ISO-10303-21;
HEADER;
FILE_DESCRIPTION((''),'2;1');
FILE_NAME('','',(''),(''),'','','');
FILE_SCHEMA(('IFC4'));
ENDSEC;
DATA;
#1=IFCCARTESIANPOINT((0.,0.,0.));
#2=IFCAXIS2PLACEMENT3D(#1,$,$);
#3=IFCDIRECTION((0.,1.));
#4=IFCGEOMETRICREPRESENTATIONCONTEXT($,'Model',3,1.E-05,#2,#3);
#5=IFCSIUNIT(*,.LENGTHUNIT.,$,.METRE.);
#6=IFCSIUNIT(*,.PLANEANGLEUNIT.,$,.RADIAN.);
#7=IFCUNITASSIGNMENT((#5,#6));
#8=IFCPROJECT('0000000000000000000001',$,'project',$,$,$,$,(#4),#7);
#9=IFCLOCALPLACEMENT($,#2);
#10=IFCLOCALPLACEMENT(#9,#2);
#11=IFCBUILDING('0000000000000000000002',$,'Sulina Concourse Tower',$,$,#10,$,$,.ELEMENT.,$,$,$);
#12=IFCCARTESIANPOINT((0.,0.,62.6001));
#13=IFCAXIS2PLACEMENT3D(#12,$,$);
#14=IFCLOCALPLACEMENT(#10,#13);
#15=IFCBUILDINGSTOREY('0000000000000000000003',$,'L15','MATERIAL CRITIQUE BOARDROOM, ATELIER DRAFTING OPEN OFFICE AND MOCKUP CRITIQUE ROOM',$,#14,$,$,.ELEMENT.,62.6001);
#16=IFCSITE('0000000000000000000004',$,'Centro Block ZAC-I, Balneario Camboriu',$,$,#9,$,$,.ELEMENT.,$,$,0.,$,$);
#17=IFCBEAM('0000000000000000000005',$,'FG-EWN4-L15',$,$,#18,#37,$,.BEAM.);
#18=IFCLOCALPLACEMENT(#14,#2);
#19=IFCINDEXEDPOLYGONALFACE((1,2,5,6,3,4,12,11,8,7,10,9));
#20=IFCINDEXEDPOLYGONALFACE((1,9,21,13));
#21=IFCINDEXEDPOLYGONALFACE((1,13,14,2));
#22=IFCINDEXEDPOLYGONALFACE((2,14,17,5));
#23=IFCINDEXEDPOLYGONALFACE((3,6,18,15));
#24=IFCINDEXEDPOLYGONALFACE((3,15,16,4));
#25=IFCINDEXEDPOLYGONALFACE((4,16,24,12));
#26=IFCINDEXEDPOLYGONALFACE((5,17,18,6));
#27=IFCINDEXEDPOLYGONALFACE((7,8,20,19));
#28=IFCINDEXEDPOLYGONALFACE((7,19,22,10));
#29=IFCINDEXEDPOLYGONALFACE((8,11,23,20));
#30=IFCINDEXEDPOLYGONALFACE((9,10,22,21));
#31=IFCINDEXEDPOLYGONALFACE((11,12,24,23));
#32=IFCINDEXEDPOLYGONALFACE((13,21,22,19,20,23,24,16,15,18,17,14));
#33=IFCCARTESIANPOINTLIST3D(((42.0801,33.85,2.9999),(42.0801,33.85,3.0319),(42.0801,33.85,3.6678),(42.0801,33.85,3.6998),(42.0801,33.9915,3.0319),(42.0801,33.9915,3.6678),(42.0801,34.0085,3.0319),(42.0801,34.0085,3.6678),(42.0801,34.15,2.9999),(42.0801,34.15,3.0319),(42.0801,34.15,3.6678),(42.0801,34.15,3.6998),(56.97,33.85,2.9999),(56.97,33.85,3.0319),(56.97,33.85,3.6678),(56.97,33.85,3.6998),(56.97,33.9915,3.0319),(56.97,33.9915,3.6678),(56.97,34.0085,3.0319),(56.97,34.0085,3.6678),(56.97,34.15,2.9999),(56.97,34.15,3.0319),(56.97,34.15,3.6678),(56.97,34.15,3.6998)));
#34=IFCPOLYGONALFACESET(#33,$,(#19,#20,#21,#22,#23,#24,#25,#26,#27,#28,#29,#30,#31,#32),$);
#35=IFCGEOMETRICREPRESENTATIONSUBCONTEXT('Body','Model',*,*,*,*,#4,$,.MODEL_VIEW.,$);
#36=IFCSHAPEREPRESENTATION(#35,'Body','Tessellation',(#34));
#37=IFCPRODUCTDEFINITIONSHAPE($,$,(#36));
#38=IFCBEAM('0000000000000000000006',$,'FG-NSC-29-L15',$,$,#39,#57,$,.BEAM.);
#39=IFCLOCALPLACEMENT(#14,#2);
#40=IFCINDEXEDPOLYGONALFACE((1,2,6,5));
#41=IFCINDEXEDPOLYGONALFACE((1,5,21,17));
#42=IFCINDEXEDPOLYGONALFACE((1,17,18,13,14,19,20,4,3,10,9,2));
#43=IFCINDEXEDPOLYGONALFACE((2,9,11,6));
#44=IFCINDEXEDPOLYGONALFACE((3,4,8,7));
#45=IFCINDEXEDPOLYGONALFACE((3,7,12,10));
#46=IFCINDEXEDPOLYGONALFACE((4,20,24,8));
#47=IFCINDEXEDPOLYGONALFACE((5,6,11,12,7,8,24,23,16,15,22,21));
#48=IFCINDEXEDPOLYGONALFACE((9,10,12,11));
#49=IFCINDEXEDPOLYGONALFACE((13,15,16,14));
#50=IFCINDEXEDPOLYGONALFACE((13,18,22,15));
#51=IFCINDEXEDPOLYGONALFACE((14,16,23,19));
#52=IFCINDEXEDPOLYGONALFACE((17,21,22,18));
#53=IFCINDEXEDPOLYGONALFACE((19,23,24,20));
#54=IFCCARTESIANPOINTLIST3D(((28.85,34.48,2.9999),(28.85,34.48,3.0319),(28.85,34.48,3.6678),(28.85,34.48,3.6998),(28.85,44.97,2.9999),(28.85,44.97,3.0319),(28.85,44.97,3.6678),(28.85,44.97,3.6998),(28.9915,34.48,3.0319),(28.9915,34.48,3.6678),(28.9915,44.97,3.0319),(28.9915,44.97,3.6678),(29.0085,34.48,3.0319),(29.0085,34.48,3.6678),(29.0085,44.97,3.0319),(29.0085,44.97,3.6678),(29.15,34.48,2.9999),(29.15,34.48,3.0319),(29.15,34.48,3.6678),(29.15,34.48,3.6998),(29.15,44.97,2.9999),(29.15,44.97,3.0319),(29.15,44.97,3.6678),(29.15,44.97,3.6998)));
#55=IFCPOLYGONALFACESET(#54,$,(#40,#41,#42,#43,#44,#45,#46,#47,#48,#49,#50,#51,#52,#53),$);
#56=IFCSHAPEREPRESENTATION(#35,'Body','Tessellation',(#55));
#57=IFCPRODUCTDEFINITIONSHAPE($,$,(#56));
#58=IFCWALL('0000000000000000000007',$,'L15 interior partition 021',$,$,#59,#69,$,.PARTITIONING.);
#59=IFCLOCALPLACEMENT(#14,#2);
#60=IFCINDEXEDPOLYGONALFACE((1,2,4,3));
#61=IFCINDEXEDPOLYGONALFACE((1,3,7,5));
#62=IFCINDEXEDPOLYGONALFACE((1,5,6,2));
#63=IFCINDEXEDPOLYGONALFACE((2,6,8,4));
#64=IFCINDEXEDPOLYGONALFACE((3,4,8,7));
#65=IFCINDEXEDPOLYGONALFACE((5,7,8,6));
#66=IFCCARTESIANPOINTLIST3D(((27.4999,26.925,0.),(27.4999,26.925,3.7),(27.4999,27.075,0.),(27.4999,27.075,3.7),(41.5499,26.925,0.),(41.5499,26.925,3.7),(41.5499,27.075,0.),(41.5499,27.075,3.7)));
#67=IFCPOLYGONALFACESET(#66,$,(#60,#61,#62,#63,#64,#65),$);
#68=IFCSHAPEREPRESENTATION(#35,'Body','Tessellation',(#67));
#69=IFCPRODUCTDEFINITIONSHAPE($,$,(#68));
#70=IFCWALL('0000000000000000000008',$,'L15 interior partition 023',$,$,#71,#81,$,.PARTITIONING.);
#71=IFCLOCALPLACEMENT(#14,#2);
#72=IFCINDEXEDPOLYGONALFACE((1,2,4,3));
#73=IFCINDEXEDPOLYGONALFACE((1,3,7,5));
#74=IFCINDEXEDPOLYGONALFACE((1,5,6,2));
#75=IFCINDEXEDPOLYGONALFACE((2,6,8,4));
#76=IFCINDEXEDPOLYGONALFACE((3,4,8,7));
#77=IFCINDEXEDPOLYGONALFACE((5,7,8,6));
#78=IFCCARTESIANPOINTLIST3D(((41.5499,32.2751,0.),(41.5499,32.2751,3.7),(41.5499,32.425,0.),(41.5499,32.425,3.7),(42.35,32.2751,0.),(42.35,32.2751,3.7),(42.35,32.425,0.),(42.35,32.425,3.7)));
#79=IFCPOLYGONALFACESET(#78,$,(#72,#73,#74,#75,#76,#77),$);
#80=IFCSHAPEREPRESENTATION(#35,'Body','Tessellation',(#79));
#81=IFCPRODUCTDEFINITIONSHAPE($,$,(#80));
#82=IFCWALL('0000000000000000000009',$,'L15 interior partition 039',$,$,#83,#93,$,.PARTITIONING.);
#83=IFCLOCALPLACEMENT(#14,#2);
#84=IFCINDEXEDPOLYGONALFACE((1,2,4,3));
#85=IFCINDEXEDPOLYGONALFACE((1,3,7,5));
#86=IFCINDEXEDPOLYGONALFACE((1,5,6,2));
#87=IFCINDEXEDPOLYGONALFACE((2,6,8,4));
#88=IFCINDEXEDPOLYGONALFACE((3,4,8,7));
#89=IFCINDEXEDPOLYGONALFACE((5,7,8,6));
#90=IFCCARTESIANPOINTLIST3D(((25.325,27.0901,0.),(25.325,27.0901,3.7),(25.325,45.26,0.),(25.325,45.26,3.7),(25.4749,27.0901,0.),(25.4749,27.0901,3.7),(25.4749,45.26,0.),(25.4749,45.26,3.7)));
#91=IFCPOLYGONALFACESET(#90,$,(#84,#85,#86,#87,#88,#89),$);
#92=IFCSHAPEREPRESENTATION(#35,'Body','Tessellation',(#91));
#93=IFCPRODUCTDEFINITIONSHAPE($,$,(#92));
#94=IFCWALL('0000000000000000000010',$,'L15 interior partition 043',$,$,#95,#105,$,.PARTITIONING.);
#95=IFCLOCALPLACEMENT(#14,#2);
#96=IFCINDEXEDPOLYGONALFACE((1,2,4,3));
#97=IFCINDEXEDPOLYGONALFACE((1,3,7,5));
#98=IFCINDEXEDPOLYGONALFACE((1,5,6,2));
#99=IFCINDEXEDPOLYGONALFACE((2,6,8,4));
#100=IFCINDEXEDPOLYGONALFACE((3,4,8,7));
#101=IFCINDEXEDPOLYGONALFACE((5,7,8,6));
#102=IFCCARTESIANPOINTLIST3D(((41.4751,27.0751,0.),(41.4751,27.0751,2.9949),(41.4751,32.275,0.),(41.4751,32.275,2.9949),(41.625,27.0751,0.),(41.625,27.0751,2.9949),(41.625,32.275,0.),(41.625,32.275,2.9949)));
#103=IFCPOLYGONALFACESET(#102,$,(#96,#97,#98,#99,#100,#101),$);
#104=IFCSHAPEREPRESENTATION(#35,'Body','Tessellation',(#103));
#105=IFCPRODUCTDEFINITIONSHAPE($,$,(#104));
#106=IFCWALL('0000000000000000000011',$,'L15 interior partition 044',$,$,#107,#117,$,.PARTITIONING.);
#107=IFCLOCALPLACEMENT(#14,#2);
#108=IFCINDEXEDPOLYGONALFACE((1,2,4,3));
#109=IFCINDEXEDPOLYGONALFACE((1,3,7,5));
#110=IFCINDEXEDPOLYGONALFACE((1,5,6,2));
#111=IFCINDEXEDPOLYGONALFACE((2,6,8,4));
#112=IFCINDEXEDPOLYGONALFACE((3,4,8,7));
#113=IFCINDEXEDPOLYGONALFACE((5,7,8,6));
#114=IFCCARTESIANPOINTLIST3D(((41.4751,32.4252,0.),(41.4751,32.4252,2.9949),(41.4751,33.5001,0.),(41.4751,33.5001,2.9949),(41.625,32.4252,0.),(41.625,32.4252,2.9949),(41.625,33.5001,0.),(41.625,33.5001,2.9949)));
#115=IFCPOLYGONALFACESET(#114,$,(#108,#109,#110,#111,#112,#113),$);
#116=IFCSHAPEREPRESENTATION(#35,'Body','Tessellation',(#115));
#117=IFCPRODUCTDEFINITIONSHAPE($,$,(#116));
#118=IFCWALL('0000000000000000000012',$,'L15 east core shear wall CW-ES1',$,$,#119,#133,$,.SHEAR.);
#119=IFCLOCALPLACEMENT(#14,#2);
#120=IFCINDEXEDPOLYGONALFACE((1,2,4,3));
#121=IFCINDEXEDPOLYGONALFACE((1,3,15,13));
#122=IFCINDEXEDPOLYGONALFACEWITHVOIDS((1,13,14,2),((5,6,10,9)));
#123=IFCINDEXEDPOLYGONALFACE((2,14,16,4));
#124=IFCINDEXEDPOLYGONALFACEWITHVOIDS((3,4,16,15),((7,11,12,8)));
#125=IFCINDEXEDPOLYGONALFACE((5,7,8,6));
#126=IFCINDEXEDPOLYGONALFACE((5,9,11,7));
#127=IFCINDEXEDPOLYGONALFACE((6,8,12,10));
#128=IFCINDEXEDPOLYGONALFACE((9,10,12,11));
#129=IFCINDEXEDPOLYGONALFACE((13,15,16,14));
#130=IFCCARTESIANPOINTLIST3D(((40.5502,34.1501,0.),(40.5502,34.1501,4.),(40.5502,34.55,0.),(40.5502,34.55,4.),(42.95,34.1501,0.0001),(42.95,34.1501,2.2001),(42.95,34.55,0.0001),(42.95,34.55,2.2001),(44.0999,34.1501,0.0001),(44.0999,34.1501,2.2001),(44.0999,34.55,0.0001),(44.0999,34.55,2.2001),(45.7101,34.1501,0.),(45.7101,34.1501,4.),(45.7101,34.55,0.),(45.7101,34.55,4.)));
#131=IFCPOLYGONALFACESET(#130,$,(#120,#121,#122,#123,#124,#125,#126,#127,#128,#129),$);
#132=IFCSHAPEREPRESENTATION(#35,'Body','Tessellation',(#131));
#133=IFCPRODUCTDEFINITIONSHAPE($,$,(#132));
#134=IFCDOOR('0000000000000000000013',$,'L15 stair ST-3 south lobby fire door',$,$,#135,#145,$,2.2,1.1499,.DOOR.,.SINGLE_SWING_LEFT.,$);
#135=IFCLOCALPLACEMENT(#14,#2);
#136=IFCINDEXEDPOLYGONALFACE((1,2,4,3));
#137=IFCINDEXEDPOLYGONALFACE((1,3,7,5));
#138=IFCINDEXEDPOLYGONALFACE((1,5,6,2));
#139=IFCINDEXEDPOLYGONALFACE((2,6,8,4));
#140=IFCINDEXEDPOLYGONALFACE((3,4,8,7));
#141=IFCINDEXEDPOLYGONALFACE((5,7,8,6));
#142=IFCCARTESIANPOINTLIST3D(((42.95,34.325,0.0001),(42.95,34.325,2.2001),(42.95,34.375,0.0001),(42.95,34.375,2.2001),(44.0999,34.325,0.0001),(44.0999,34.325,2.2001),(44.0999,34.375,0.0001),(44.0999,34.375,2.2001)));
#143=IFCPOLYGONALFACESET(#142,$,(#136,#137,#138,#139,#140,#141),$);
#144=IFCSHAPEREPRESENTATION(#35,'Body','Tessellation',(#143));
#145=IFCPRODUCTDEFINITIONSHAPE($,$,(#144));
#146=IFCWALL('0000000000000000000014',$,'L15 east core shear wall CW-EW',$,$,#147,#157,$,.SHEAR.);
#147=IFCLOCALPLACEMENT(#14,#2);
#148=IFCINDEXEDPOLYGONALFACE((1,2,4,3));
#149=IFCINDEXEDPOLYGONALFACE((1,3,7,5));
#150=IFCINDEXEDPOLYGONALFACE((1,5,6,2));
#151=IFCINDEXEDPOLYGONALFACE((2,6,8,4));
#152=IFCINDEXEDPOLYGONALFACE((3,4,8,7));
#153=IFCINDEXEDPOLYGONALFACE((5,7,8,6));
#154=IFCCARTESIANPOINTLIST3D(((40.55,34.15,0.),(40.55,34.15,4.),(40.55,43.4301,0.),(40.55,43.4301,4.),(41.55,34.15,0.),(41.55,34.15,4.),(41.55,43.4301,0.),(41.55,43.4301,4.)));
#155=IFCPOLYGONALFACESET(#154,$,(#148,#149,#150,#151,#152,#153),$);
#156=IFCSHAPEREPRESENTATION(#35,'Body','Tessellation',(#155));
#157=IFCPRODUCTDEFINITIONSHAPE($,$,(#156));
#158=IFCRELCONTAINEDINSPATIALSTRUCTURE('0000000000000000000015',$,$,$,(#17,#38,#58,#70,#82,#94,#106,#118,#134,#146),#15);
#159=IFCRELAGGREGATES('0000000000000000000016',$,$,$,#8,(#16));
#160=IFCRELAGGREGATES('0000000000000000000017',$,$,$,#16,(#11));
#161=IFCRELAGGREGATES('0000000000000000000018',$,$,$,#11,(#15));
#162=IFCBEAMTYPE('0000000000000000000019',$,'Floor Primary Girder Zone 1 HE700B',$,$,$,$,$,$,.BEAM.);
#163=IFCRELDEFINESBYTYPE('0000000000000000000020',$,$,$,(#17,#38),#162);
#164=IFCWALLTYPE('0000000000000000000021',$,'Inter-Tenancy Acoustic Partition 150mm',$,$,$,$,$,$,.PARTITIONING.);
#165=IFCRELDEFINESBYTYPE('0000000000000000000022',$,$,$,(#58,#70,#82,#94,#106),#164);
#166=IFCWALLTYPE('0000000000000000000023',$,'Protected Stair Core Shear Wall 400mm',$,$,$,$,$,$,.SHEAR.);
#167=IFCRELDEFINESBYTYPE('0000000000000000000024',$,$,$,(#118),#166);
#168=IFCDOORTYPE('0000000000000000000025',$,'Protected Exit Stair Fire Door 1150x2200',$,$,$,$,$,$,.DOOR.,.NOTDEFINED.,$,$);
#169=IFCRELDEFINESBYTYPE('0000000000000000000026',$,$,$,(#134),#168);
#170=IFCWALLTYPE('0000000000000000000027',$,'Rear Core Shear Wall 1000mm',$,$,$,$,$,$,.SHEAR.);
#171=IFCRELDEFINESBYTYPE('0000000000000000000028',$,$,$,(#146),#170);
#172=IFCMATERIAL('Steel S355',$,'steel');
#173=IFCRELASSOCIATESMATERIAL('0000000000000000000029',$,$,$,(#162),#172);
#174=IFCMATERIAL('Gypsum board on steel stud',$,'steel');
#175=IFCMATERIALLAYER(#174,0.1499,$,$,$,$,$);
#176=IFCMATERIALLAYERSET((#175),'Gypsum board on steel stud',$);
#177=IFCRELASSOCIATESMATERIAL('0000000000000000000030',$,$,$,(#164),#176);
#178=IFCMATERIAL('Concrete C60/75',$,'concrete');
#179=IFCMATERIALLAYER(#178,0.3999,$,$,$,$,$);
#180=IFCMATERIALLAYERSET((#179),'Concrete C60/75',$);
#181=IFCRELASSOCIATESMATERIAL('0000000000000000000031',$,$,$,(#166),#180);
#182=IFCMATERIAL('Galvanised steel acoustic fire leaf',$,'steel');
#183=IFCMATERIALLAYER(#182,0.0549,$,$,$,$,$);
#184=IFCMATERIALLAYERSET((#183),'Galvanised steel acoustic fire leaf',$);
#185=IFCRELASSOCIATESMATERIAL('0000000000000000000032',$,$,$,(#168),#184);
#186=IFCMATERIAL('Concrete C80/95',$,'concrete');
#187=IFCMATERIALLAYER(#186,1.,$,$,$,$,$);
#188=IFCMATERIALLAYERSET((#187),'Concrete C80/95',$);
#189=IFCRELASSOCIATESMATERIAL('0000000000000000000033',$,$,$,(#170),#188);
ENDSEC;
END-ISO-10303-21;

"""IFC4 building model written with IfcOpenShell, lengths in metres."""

from ifc_helpers import new_model, si_unit, direction, frame, frame_2d, origin, origin_2d, place, context, subcontext, project, spatial, rectangle, i_section, extrude, material, layer, layer_set, material_profile, profile_set, type_object, element, fill, save


model = new_model("IFC4")

# Units and contexts
model_context = context("Model", 3, precision=1e-05, world=origin(), true_north=direction((0.0, 1.0)))
body_context = subcontext(model_context, "Body", "Model", "MODEL_VIEW")
ifc_project = project(units=[si_unit("LENGTHUNIT", "METRE"), si_unit("PLANEANGLEUNIT", "RADIAN")], contexts=[model_context])

# Site, building, storey
site_placement = place(None, origin())
site = spatial("IfcSite", under=ifc_project, at=site_placement, Name="Centro Block ZAC-I, Balneario Camboriu", CompositionType="ELEMENT", RefElevation=0.0)
building_placement = place(site_placement, origin())
building = spatial("IfcBuilding", under=site, at=building_placement, Name="Sulina Concourse Tower", CompositionType="ELEMENT")
storey_placement = place(building_placement, frame((0.0, 0.0, 62.6001)))
storey = spatial("IfcBuildingStorey", under=building, at=storey_placement, Name="L15", Description="MATERIAL CRITIQUE BOARDROOM, ATELIER DRAFTING OPEN OFFICE AND MOCKUP CRITIQUE ROOM", CompositionType="ELEMENT", Elevation=62.6001)

# Beams
ifc_material_1 = material(Name="Steel S355", Category="steel")
ifc_material_profile_1 = material_profile(ifc_material_1, i_section(OverallWidth=0.3, OverallDepth=0.7, WebThickness=0.0171, FlangeThickness=0.032, at=origin_2d()), Name="HE 700 B")
ifc_profile_set_1 = profile_set([ifc_material_profile_1], Name="Steel S355")
beam_type_1 = type_object("IfcBeamType", Name="Floor Primary Girder Zone 1 HE700B", PredefinedType="BEAM", material=ifc_profile_set_1)
beam_1_placement = place(storey_placement, frame((42.0801, 34.0, 3.3499), z_axis=(1.0, 0.0, 0.0), x_axis=(0.0, 1.0, 0.0)))
element("IfcBeam", 1, at=beam_1_placement, inside=storey, type_object=beam_type_1, Name="FG-EWN4-L15", PredefinedType="BEAM", context=body_context, shape_type="SweptSolid", body=[
    extrude(i_section(OverallWidth=0.3, OverallDepth=0.7, WebThickness=0.0171, FlangeThickness=0.032, at=origin_2d()), origin(), (0.0, 0.0, 1.0), 14.8899),
])
beam_2_placement = place(storey_placement, frame((29.0, 34.48, 3.3499), z_axis=(0.0, 1.0, 0.0), x_axis=(-1.0, 0.0, 0.0)))
element("IfcBeam", 2, at=beam_2_placement, inside=storey, type_object=beam_type_1, Name="FG-NSC-29-L15", PredefinedType="BEAM", context=body_context, shape_type="SweptSolid", body=[
    extrude(i_section(OverallWidth=0.3, OverallDepth=0.7, WebThickness=0.0171, FlangeThickness=0.032, at=origin_2d()), origin(), (0.0, 0.0, 1.0), 10.49),
])

# Walls
ifc_material_2 = material(Name="Gypsum board on steel stud", Category="steel")
ifc_layer_1 = layer(ifc_material_2, 0.1499)
ifc_layer_set_1 = layer_set([ifc_layer_1], Name="Gypsum board on steel stud")
wall_type_1 = type_object("IfcWallType", Name="Inter-Tenancy Acoustic Partition 150mm", PredefinedType="PARTITIONING", material=ifc_layer_set_1)
wall_1_placement = place(storey_placement, frame((27.5, 27.0, 0.0), z_axis=(0.0, 0.0, 1.0), x_axis=(1.0, 0.0, 0.0)))
element("IfcWall", 3, at=wall_1_placement, inside=storey, type_object=wall_type_1, Name="L15 interior partition 021", PredefinedType="PARTITIONING", context=body_context, shape_type="SweptSolid", body=[
    extrude(rectangle(XDim=14.05, YDim=0.1499, at=frame_2d((7.0249, 0.0))), origin(), (0.0, 0.0, 1.0), 3.7),
])
wall_2_placement = place(storey_placement, frame((41.55, 32.3501, 0.0), z_axis=(0.0, 0.0, 1.0), x_axis=(1.0, 0.0, 0.0)))
element("IfcWall", 4, at=wall_2_placement, inside=storey, type_object=wall_type_1, Name="L15 interior partition 023", PredefinedType="PARTITIONING", context=body_context, shape_type="SweptSolid", body=[
    extrude(rectangle(XDim=0.8, YDim=0.1499, at=frame_2d((0.3999, 0.0))), origin(), (0.0, 0.0, 1.0), 3.7),
])
wall_3_placement = place(storey_placement, frame((25.3999, 27.0901, 0.0), z_axis=(0.0, 0.0, 1.0), x_axis=(0.0, 1.0, 0.0)))
element("IfcWall", 5, at=wall_3_placement, inside=storey, type_object=wall_type_1, Name="L15 interior partition 039", PredefinedType="PARTITIONING", context=body_context, shape_type="SweptSolid", body=[
    extrude(rectangle(XDim=18.1699, YDim=0.1499, at=frame_2d((9.085, 0.0))), origin(), (0.0, 0.0, 1.0), 3.7),
])
wall_4_placement = place(storey_placement, frame((41.55, 27.075, 0.0), z_axis=(0.0, 0.0, 1.0), x_axis=(0.0, 1.0, 0.0)))
element("IfcWall", 6, at=wall_4_placement, inside=storey, type_object=wall_type_1, Name="L15 interior partition 043", PredefinedType="PARTITIONING", context=body_context, shape_type="SweptSolid", body=[
    extrude(rectangle(XDim=5.2, YDim=0.1499, at=frame_2d((2.6001, 0.0))), origin(), (0.0, 0.0, 1.0), 2.9949),
])
wall_5_placement = place(storey_placement, frame((41.55, 32.425, 0.0), z_axis=(0.0, 0.0, 1.0), x_axis=(0.0, 1.0, 0.0)))
element("IfcWall", 7, at=wall_5_placement, inside=storey, type_object=wall_type_1, Name="L15 interior partition 044", PredefinedType="PARTITIONING", context=body_context, shape_type="SweptSolid", body=[
    extrude(rectangle(XDim=1.075, YDim=0.1499, at=frame_2d((0.5376, 0.0))), origin(), (0.0, 0.0, 1.0), 2.9949),
])

# Wall, opening, door
ifc_material_3 = material(Name="Concrete C60/75", Category="concrete")
ifc_layer_2 = layer(ifc_material_3, 0.3999)
ifc_layer_set_2 = layer_set([ifc_layer_2], Name="Concrete C60/75")
wall_type_2 = type_object("IfcWallType", Name="Protected Stair Core Shear Wall 400mm", PredefinedType="SHEAR", material=ifc_layer_set_2)
wall_6_placement = place(storey_placement, frame((40.55, 34.3501, 0.0), z_axis=(0.0, 0.0, 1.0), x_axis=(1.0, 0.0, 0.0)))
wall_6 = element("IfcWall", 8, at=wall_6_placement, inside=storey, type_object=wall_type_2, Name="L15 east core shear wall CW-ES1", PredefinedType="SHEAR", context=body_context, shape_type="SweptSolid", body=[
    extrude(rectangle(XDim=5.1599, YDim=0.3999, at=frame_2d((2.5801, 0.0))), origin(), (0.0, 0.0, 1.0), 4.0),
])
opening_1_placement = place(wall_6_placement, frame((2.3999, 0.0, 0.0)))
opening_1 = element("IfcOpeningElement", 9, at=opening_1_placement, cuts=wall_6, PredefinedType="OPENING", context=body_context, shape_type="SweptSolid", body=[
    extrude(rectangle(XDim=1.1499, YDim=2.2, at=frame_2d((0.575, 1.1001))), frame((0.0, 0.21, 0.0), z_axis=(0.0, -1.0, 0.0), x_axis=(1.0, 0.0, 0.0)), (0.0, 0.0, 1.0), 0.4199),
])
ifc_material_4 = material(Name="Galvanised steel acoustic fire leaf", Category="steel")
ifc_layer_3 = layer(ifc_material_4, 0.0549)
ifc_layer_set_3 = layer_set([ifc_layer_3], Name="Galvanised steel acoustic fire leaf")
door_type_1 = type_object("IfcDoorType", Name="Protected Exit Stair Fire Door 1150x2200", OperationType="NOTDEFINED", PredefinedType="DOOR", material=ifc_layer_set_3)
door_1_placement = place(opening_1_placement, origin())
door_1 = element("IfcDoor", 10, at=door_1_placement, inside=storey, type_object=door_type_1, Name="L15 stair ST-3 south lobby fire door", OperationType="SINGLE_SWING_LEFT", OverallHeight=2.2, OverallWidth=1.1499, PredefinedType="DOOR", context=body_context, shape_type="SweptSolid", body=[
    extrude(rectangle(XDim=1.1499, YDim=2.2, at=frame_2d((0.575, 1.1001))), frame((0.0, 0.0249, 0.0), z_axis=(0.0, -1.0, 0.0), x_axis=(1.0, 0.0, 0.0)), (0.0, 0.0, 1.0), 0.05),
])
fill(opening_1, door_1)

# Wall
ifc_material_5 = material(Name="Concrete C80/95", Category="concrete")
ifc_layer_4 = layer(ifc_material_5, 1.0)
ifc_layer_set_4 = layer_set([ifc_layer_4], Name="Concrete C80/95")
wall_type_3 = type_object("IfcWallType", Name="Rear Core Shear Wall 1000mm", PredefinedType="SHEAR", material=ifc_layer_set_4)
wall_7_placement = place(storey_placement, frame((41.05, 34.1499, 0.0), z_axis=(0.0, 0.0, 1.0), x_axis=(0.0, 1.0, 0.0)))
element("IfcWall", 11, at=wall_7_placement, inside=storey, type_object=wall_type_3, Name="L15 east core shear wall CW-EW", PredefinedType="SHEAR", context=body_context, shape_type="SweptSolid", body=[
    extrude(rectangle(XDim=9.28, YDim=1.0, at=frame_2d((4.6401, 0.0))), origin(), (0.0, 0.0, 1.0), 4.0),
])

save(model, "model.ifc")
